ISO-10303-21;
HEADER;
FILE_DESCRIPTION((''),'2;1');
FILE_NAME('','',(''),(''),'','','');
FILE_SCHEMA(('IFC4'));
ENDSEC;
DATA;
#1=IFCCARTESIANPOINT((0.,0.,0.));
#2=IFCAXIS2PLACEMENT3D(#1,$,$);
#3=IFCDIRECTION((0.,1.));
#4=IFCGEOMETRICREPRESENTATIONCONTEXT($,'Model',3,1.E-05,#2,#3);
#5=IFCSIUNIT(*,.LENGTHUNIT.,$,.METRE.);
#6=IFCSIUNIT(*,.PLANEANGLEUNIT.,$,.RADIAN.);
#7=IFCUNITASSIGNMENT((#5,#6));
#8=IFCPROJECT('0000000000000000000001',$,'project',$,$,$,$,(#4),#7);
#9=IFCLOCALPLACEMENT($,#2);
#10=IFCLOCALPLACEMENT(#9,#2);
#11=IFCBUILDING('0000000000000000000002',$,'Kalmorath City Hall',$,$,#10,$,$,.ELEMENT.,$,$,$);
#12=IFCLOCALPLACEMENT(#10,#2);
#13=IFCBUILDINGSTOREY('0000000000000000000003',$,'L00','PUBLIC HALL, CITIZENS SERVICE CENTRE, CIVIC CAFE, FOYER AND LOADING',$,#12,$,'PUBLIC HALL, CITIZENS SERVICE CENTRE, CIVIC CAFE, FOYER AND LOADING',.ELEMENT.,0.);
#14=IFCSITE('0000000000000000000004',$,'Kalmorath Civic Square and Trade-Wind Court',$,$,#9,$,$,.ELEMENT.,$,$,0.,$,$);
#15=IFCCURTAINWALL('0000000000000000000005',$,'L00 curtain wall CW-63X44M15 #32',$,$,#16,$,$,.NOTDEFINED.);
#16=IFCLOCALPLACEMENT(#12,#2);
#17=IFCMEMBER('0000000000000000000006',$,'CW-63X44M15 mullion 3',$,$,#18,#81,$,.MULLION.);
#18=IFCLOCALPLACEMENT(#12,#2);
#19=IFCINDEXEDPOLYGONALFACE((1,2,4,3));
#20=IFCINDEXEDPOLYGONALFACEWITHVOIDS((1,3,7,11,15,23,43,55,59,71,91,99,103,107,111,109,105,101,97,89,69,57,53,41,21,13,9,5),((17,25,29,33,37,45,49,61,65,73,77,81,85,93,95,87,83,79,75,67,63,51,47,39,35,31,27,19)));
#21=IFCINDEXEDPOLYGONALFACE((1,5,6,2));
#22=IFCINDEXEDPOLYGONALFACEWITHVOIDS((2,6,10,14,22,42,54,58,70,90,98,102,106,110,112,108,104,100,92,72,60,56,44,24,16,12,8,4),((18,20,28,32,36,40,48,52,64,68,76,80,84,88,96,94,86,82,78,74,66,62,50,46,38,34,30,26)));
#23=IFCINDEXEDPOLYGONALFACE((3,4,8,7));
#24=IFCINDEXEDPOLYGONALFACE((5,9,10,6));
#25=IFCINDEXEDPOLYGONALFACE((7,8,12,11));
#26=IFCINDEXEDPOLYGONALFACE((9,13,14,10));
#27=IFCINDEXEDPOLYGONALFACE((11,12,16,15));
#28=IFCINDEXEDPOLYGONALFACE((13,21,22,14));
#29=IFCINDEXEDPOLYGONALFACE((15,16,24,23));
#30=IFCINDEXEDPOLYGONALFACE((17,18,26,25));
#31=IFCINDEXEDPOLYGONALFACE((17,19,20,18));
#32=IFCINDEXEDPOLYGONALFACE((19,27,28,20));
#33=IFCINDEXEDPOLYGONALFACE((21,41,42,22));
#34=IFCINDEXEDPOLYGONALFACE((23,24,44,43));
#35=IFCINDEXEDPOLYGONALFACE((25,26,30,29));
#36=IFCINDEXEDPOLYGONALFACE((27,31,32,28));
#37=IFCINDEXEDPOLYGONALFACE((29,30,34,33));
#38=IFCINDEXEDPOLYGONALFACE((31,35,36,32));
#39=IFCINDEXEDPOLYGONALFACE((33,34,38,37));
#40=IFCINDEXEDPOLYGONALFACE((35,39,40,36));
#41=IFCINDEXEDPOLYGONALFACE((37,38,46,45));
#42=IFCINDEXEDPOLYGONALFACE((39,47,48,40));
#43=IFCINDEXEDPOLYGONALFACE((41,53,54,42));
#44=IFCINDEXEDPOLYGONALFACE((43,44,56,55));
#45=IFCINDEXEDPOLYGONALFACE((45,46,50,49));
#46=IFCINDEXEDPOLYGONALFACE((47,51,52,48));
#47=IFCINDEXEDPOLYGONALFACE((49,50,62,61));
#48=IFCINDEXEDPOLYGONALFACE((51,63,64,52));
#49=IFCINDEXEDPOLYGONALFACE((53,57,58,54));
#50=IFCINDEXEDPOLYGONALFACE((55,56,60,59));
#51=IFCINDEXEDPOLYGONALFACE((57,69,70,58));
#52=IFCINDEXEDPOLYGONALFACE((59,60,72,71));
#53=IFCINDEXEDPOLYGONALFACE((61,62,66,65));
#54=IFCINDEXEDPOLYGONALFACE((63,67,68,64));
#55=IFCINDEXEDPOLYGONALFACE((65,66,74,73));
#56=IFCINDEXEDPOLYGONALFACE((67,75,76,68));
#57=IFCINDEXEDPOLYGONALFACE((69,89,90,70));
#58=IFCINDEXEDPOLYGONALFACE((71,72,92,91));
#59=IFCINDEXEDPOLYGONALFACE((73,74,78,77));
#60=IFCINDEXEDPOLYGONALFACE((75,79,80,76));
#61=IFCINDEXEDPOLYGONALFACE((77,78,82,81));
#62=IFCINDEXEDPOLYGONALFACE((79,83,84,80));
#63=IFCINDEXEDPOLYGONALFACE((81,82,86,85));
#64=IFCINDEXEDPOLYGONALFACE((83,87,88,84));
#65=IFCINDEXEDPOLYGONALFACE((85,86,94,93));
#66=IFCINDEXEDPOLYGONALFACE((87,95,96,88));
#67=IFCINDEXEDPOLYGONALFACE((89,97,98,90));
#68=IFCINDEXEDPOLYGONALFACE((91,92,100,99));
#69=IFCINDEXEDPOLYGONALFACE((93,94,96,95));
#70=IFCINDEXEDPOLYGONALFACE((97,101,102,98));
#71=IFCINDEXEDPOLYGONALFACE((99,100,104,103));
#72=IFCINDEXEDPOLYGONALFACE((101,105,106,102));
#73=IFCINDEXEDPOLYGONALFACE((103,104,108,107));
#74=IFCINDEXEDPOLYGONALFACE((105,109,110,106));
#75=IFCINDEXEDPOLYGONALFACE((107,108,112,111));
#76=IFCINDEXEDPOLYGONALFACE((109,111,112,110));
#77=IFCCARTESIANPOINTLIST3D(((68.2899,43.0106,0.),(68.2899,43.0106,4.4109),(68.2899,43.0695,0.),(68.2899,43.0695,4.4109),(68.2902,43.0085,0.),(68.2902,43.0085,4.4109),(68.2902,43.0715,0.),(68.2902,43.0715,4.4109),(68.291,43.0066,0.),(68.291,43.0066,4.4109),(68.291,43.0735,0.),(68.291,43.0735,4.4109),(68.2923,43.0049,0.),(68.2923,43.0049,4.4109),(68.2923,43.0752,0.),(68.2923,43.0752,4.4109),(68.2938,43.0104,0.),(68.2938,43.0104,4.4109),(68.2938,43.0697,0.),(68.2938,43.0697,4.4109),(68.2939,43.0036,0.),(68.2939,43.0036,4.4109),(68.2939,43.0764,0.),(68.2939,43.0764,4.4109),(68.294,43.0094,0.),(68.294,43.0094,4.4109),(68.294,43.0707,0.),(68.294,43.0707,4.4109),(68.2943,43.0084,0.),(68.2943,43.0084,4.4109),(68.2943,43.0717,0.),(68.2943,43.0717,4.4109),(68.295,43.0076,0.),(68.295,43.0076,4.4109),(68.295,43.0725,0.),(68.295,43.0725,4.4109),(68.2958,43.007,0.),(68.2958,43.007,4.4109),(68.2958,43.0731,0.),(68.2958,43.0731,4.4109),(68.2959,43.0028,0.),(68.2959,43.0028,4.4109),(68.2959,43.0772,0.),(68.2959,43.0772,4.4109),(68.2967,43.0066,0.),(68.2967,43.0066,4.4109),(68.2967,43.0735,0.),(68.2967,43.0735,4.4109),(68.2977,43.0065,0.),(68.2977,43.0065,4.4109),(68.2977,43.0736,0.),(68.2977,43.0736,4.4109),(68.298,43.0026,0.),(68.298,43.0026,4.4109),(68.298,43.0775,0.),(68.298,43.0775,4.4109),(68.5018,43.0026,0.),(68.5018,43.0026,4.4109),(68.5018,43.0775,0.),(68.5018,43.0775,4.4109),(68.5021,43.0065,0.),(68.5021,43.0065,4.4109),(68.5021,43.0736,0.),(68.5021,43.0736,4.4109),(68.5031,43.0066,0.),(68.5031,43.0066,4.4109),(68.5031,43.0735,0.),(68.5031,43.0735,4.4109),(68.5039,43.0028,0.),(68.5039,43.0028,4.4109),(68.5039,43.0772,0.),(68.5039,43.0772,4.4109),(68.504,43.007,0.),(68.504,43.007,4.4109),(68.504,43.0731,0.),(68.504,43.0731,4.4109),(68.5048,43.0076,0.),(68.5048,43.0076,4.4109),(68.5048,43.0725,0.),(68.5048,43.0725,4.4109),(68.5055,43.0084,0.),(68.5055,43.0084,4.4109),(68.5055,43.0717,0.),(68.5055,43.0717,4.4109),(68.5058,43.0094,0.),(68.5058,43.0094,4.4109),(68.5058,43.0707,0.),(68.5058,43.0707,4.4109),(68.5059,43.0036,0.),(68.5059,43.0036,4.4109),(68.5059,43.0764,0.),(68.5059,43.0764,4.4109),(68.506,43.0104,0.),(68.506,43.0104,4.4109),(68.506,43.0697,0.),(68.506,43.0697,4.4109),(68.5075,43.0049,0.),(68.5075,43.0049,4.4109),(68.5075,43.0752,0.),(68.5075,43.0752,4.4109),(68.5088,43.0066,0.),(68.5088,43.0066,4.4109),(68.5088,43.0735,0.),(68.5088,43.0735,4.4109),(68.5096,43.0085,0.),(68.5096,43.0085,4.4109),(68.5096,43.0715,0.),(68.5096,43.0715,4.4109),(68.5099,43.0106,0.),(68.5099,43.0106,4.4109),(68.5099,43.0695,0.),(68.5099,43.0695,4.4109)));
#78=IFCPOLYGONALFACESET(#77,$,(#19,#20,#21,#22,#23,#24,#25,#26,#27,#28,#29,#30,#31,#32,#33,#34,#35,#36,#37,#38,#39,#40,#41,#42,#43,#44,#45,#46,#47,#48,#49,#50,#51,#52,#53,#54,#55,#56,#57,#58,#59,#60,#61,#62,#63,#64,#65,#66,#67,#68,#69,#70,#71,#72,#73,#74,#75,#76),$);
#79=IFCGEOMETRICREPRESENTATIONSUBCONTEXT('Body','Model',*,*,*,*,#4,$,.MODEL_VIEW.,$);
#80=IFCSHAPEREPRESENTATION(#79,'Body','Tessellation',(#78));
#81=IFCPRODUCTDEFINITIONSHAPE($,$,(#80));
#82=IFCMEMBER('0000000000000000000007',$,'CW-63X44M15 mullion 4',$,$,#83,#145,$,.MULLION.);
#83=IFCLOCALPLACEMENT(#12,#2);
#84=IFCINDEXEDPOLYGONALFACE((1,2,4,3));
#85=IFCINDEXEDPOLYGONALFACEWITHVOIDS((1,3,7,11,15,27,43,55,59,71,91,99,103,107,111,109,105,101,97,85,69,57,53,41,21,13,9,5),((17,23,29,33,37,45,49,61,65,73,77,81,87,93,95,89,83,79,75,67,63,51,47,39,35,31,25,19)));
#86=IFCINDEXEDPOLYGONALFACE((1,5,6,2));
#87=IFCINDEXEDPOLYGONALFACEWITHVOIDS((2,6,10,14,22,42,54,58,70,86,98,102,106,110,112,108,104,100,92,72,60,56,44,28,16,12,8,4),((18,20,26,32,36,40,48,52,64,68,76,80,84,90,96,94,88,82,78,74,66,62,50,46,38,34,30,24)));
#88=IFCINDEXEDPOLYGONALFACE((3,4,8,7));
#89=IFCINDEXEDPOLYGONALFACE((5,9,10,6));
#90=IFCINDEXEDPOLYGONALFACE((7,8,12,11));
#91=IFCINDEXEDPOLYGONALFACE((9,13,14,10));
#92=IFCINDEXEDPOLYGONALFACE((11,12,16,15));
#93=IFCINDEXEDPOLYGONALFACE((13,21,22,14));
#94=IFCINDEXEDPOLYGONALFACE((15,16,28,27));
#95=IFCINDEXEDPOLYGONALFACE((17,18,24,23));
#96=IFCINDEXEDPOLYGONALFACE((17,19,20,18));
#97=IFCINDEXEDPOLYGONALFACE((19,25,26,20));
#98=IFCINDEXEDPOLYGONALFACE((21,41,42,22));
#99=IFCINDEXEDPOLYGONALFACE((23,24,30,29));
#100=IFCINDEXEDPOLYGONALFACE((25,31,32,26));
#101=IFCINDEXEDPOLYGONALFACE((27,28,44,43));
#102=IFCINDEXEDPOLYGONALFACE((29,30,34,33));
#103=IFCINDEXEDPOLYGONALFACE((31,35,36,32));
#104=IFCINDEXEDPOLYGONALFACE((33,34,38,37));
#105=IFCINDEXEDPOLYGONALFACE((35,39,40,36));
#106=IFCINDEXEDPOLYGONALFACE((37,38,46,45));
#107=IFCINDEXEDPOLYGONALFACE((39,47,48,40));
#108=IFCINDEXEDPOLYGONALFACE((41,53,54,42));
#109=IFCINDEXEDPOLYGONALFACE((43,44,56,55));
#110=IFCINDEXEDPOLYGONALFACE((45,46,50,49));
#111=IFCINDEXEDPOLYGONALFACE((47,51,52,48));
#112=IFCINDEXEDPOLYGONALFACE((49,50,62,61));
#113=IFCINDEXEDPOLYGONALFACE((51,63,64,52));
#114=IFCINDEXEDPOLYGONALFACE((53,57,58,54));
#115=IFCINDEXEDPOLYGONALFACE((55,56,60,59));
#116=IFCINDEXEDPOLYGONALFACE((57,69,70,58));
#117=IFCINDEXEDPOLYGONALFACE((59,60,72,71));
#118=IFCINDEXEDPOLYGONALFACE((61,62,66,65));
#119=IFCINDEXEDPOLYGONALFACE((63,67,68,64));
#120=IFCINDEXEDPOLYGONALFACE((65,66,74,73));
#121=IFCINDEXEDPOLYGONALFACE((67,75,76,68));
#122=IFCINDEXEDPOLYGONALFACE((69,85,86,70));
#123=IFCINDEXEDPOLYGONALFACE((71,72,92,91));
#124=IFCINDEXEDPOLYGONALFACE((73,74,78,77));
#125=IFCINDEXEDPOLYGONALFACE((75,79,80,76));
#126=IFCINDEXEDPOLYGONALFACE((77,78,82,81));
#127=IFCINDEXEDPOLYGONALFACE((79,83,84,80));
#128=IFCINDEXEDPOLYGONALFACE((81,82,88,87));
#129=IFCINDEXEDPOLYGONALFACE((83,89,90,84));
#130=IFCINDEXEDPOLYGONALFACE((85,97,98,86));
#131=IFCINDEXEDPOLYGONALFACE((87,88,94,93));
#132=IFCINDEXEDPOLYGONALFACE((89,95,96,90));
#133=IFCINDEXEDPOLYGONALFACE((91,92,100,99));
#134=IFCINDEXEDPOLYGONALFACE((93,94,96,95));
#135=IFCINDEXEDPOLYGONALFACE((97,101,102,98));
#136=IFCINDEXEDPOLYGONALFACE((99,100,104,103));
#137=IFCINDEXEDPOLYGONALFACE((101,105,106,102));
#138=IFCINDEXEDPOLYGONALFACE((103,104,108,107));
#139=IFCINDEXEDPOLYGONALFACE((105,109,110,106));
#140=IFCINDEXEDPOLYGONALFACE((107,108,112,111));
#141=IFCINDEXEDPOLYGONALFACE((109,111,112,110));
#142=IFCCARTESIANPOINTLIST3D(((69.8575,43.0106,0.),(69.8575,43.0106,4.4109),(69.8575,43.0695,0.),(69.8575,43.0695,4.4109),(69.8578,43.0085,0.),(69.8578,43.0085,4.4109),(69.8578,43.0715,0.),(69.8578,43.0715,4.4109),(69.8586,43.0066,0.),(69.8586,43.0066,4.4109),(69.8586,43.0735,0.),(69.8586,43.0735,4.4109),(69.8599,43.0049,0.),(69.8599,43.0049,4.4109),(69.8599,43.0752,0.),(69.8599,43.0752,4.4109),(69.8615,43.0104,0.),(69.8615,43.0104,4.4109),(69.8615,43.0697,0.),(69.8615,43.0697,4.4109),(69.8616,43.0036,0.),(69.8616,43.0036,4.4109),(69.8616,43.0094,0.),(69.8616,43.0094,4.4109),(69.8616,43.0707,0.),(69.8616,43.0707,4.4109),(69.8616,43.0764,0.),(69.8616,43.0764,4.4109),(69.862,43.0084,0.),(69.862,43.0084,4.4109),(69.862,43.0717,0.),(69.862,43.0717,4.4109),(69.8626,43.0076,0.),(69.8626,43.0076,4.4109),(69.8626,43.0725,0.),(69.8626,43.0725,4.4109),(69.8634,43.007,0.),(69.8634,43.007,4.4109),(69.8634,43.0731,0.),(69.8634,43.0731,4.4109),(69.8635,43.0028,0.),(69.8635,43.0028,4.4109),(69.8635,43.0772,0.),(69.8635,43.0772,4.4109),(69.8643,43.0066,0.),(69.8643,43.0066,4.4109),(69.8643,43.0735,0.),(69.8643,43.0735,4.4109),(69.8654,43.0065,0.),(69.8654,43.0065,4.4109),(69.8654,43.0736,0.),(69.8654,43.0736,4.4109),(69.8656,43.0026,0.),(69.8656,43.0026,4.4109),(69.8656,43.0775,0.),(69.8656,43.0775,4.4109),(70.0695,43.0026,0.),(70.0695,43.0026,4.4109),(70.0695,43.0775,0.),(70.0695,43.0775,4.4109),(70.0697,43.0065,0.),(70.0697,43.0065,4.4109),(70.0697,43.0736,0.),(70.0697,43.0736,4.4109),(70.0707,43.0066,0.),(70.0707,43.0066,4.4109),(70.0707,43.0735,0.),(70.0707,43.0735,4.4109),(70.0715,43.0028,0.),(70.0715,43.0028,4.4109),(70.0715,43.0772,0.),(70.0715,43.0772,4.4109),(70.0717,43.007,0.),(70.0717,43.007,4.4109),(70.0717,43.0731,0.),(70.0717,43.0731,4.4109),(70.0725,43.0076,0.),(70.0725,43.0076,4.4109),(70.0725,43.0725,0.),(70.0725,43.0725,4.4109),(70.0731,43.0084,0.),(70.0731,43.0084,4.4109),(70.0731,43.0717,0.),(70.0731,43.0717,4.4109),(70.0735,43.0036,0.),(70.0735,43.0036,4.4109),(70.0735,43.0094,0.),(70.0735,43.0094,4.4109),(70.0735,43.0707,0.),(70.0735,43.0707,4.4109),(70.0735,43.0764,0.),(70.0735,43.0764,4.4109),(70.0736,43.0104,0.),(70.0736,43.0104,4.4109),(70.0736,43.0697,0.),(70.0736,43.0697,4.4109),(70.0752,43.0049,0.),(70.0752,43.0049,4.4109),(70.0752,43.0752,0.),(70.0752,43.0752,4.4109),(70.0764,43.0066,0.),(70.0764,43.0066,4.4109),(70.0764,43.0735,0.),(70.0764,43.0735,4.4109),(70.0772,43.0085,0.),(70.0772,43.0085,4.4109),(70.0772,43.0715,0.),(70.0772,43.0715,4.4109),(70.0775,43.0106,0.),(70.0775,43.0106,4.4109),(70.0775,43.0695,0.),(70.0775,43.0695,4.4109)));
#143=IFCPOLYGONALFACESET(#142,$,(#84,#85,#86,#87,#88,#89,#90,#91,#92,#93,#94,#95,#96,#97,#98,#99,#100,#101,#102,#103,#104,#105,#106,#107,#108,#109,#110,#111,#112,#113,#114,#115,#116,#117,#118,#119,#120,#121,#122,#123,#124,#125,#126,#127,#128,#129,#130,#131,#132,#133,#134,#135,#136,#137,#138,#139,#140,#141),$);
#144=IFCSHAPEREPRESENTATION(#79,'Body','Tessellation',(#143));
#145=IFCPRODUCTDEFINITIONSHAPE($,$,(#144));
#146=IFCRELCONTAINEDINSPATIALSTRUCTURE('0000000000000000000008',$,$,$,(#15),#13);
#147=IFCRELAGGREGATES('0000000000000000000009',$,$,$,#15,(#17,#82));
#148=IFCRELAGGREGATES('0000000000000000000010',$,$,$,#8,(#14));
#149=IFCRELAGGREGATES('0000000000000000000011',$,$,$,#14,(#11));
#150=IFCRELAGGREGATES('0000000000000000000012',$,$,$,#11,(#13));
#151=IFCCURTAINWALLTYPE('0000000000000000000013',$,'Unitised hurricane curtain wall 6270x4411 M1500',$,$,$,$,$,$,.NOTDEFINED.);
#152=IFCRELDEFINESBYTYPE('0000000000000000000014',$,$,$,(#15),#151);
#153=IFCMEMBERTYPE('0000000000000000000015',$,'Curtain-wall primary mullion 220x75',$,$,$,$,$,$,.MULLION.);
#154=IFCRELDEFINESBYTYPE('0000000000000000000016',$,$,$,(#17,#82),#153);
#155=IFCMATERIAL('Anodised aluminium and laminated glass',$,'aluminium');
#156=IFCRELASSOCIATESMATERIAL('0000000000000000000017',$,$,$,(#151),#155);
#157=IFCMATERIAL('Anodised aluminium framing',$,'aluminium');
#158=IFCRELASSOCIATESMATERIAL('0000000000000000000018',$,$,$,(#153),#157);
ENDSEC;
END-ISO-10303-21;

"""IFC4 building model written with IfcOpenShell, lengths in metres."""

from ifc_helpers import new_model, si_unit, direction, frame, origin, origin_2d, place, context, subcontext, project, spatial, hollow_rectangle, extrude, material, material_profile, profile_set, type_object, element, aggregate, save


model = new_model("IFC4")

# Units and contexts
model_context = context("Model", 3, precision=1e-05, world=origin(), true_north=direction((0.0, 1.0)))
body_context = subcontext(model_context, "Body", "Model", "MODEL_VIEW")
ifc_project = project(units=[si_unit("LENGTHUNIT", "METRE"), si_unit("PLANEANGLEUNIT", "RADIAN")], contexts=[model_context])

# Site, building, storey
site_placement = place(None, origin())
site = spatial("IfcSite", under=ifc_project, at=site_placement, Name="Kalmorath Civic Square and Trade-Wind Court", CompositionType="ELEMENT", RefElevation=0.0)
building_placement = place(site_placement, origin())
building = spatial("IfcBuilding", under=site, at=building_placement, Name="Kalmorath City Hall", CompositionType="ELEMENT")
storey_placement = place(building_placement, origin())
storey = spatial("IfcBuildingStorey", under=building, at=storey_placement, Name="L00", Description="PUBLIC HALL, CITIZENS SERVICE CENTRE, CIVIC CAFE, FOYER AND LOADING", LongName="PUBLIC HALL, CITIZENS SERVICE CENTRE, CIVIC CAFE, FOYER AND LOADING", CompositionType="ELEMENT", Elevation=0.0)

# Curtain wall, members
ifc_material_1 = material(Name="Anodised aluminium and laminated glass", Category="aluminium")
curtain_wall_type_1 = type_object("IfcCurtainWallType", Name="Unitised hurricane curtain wall 6270x4411 M1500", PredefinedType="NOTDEFINED", material=ifc_material_1)
curtain_wall_1_placement = place(storey_placement, origin())
curtain_wall_1 = element("IfcCurtainWall", 1, at=curtain_wall_1_placement, inside=storey, type_object=curtain_wall_type_1, Name="L00 curtain wall CW-63X44M15 #32", PredefinedType="NOTDEFINED")
ifc_material_2 = material(Name="Anodised aluminium framing", Category="aluminium")
ifc_material_profile_1 = material_profile(ifc_material_2, hollow_rectangle(XDim=0.075, YDim=0.22, WallThickness=0.0039, InnerFilletRadius=0.0039, OuterFilletRadius=0.0081, at=origin_2d()), Name="ALU-MUL-220X75X4")
ifc_profile_set_1 = profile_set([ifc_material_profile_1], Name="Anodised aluminium framing")
member_type_1 = type_object("IfcMemberType", Name="Curtain-wall primary mullion 220x75", PredefinedType="MULLION", material=ifc_profile_set_1)
member_1_placement = place(storey_placement, frame((68.3999, 43.04, 0.0), z_axis=(0.0, 0.0, 1.0), x_axis=(0.0, 1.0, 0.0)))
member_1 = element("IfcMember", 2, at=member_1_placement, type_object=member_type_1, Name="CW-63X44M15 mullion 3", PredefinedType="MULLION", context=body_context, shape_type="SweptSolid", body=[
    extrude(hollow_rectangle(XDim=0.075, YDim=0.22, WallThickness=0.0039, InnerFilletRadius=0.0039, OuterFilletRadius=0.0081, at=origin_2d()), origin(), (0.0, 0.0, 1.0), 4.4109),
])
member_2_placement = place(storey_placement, frame((69.9675, 43.04, 0.0), z_axis=(0.0, 0.0, 1.0), x_axis=(0.0, 1.0, 0.0)))
member_2 = element("IfcMember", 3, at=member_2_placement, type_object=member_type_1, Name="CW-63X44M15 mullion 4", PredefinedType="MULLION", context=body_context, shape_type="SweptSolid", body=[
    extrude(hollow_rectangle(XDim=0.075, YDim=0.22, WallThickness=0.0039, InnerFilletRadius=0.0039, OuterFilletRadius=0.0081, at=origin_2d()), origin(), (0.0, 0.0, 1.0), 4.4109),
])

aggregate(curtain_wall_1, [member_1, member_2])

save(model, "model.ifc")
